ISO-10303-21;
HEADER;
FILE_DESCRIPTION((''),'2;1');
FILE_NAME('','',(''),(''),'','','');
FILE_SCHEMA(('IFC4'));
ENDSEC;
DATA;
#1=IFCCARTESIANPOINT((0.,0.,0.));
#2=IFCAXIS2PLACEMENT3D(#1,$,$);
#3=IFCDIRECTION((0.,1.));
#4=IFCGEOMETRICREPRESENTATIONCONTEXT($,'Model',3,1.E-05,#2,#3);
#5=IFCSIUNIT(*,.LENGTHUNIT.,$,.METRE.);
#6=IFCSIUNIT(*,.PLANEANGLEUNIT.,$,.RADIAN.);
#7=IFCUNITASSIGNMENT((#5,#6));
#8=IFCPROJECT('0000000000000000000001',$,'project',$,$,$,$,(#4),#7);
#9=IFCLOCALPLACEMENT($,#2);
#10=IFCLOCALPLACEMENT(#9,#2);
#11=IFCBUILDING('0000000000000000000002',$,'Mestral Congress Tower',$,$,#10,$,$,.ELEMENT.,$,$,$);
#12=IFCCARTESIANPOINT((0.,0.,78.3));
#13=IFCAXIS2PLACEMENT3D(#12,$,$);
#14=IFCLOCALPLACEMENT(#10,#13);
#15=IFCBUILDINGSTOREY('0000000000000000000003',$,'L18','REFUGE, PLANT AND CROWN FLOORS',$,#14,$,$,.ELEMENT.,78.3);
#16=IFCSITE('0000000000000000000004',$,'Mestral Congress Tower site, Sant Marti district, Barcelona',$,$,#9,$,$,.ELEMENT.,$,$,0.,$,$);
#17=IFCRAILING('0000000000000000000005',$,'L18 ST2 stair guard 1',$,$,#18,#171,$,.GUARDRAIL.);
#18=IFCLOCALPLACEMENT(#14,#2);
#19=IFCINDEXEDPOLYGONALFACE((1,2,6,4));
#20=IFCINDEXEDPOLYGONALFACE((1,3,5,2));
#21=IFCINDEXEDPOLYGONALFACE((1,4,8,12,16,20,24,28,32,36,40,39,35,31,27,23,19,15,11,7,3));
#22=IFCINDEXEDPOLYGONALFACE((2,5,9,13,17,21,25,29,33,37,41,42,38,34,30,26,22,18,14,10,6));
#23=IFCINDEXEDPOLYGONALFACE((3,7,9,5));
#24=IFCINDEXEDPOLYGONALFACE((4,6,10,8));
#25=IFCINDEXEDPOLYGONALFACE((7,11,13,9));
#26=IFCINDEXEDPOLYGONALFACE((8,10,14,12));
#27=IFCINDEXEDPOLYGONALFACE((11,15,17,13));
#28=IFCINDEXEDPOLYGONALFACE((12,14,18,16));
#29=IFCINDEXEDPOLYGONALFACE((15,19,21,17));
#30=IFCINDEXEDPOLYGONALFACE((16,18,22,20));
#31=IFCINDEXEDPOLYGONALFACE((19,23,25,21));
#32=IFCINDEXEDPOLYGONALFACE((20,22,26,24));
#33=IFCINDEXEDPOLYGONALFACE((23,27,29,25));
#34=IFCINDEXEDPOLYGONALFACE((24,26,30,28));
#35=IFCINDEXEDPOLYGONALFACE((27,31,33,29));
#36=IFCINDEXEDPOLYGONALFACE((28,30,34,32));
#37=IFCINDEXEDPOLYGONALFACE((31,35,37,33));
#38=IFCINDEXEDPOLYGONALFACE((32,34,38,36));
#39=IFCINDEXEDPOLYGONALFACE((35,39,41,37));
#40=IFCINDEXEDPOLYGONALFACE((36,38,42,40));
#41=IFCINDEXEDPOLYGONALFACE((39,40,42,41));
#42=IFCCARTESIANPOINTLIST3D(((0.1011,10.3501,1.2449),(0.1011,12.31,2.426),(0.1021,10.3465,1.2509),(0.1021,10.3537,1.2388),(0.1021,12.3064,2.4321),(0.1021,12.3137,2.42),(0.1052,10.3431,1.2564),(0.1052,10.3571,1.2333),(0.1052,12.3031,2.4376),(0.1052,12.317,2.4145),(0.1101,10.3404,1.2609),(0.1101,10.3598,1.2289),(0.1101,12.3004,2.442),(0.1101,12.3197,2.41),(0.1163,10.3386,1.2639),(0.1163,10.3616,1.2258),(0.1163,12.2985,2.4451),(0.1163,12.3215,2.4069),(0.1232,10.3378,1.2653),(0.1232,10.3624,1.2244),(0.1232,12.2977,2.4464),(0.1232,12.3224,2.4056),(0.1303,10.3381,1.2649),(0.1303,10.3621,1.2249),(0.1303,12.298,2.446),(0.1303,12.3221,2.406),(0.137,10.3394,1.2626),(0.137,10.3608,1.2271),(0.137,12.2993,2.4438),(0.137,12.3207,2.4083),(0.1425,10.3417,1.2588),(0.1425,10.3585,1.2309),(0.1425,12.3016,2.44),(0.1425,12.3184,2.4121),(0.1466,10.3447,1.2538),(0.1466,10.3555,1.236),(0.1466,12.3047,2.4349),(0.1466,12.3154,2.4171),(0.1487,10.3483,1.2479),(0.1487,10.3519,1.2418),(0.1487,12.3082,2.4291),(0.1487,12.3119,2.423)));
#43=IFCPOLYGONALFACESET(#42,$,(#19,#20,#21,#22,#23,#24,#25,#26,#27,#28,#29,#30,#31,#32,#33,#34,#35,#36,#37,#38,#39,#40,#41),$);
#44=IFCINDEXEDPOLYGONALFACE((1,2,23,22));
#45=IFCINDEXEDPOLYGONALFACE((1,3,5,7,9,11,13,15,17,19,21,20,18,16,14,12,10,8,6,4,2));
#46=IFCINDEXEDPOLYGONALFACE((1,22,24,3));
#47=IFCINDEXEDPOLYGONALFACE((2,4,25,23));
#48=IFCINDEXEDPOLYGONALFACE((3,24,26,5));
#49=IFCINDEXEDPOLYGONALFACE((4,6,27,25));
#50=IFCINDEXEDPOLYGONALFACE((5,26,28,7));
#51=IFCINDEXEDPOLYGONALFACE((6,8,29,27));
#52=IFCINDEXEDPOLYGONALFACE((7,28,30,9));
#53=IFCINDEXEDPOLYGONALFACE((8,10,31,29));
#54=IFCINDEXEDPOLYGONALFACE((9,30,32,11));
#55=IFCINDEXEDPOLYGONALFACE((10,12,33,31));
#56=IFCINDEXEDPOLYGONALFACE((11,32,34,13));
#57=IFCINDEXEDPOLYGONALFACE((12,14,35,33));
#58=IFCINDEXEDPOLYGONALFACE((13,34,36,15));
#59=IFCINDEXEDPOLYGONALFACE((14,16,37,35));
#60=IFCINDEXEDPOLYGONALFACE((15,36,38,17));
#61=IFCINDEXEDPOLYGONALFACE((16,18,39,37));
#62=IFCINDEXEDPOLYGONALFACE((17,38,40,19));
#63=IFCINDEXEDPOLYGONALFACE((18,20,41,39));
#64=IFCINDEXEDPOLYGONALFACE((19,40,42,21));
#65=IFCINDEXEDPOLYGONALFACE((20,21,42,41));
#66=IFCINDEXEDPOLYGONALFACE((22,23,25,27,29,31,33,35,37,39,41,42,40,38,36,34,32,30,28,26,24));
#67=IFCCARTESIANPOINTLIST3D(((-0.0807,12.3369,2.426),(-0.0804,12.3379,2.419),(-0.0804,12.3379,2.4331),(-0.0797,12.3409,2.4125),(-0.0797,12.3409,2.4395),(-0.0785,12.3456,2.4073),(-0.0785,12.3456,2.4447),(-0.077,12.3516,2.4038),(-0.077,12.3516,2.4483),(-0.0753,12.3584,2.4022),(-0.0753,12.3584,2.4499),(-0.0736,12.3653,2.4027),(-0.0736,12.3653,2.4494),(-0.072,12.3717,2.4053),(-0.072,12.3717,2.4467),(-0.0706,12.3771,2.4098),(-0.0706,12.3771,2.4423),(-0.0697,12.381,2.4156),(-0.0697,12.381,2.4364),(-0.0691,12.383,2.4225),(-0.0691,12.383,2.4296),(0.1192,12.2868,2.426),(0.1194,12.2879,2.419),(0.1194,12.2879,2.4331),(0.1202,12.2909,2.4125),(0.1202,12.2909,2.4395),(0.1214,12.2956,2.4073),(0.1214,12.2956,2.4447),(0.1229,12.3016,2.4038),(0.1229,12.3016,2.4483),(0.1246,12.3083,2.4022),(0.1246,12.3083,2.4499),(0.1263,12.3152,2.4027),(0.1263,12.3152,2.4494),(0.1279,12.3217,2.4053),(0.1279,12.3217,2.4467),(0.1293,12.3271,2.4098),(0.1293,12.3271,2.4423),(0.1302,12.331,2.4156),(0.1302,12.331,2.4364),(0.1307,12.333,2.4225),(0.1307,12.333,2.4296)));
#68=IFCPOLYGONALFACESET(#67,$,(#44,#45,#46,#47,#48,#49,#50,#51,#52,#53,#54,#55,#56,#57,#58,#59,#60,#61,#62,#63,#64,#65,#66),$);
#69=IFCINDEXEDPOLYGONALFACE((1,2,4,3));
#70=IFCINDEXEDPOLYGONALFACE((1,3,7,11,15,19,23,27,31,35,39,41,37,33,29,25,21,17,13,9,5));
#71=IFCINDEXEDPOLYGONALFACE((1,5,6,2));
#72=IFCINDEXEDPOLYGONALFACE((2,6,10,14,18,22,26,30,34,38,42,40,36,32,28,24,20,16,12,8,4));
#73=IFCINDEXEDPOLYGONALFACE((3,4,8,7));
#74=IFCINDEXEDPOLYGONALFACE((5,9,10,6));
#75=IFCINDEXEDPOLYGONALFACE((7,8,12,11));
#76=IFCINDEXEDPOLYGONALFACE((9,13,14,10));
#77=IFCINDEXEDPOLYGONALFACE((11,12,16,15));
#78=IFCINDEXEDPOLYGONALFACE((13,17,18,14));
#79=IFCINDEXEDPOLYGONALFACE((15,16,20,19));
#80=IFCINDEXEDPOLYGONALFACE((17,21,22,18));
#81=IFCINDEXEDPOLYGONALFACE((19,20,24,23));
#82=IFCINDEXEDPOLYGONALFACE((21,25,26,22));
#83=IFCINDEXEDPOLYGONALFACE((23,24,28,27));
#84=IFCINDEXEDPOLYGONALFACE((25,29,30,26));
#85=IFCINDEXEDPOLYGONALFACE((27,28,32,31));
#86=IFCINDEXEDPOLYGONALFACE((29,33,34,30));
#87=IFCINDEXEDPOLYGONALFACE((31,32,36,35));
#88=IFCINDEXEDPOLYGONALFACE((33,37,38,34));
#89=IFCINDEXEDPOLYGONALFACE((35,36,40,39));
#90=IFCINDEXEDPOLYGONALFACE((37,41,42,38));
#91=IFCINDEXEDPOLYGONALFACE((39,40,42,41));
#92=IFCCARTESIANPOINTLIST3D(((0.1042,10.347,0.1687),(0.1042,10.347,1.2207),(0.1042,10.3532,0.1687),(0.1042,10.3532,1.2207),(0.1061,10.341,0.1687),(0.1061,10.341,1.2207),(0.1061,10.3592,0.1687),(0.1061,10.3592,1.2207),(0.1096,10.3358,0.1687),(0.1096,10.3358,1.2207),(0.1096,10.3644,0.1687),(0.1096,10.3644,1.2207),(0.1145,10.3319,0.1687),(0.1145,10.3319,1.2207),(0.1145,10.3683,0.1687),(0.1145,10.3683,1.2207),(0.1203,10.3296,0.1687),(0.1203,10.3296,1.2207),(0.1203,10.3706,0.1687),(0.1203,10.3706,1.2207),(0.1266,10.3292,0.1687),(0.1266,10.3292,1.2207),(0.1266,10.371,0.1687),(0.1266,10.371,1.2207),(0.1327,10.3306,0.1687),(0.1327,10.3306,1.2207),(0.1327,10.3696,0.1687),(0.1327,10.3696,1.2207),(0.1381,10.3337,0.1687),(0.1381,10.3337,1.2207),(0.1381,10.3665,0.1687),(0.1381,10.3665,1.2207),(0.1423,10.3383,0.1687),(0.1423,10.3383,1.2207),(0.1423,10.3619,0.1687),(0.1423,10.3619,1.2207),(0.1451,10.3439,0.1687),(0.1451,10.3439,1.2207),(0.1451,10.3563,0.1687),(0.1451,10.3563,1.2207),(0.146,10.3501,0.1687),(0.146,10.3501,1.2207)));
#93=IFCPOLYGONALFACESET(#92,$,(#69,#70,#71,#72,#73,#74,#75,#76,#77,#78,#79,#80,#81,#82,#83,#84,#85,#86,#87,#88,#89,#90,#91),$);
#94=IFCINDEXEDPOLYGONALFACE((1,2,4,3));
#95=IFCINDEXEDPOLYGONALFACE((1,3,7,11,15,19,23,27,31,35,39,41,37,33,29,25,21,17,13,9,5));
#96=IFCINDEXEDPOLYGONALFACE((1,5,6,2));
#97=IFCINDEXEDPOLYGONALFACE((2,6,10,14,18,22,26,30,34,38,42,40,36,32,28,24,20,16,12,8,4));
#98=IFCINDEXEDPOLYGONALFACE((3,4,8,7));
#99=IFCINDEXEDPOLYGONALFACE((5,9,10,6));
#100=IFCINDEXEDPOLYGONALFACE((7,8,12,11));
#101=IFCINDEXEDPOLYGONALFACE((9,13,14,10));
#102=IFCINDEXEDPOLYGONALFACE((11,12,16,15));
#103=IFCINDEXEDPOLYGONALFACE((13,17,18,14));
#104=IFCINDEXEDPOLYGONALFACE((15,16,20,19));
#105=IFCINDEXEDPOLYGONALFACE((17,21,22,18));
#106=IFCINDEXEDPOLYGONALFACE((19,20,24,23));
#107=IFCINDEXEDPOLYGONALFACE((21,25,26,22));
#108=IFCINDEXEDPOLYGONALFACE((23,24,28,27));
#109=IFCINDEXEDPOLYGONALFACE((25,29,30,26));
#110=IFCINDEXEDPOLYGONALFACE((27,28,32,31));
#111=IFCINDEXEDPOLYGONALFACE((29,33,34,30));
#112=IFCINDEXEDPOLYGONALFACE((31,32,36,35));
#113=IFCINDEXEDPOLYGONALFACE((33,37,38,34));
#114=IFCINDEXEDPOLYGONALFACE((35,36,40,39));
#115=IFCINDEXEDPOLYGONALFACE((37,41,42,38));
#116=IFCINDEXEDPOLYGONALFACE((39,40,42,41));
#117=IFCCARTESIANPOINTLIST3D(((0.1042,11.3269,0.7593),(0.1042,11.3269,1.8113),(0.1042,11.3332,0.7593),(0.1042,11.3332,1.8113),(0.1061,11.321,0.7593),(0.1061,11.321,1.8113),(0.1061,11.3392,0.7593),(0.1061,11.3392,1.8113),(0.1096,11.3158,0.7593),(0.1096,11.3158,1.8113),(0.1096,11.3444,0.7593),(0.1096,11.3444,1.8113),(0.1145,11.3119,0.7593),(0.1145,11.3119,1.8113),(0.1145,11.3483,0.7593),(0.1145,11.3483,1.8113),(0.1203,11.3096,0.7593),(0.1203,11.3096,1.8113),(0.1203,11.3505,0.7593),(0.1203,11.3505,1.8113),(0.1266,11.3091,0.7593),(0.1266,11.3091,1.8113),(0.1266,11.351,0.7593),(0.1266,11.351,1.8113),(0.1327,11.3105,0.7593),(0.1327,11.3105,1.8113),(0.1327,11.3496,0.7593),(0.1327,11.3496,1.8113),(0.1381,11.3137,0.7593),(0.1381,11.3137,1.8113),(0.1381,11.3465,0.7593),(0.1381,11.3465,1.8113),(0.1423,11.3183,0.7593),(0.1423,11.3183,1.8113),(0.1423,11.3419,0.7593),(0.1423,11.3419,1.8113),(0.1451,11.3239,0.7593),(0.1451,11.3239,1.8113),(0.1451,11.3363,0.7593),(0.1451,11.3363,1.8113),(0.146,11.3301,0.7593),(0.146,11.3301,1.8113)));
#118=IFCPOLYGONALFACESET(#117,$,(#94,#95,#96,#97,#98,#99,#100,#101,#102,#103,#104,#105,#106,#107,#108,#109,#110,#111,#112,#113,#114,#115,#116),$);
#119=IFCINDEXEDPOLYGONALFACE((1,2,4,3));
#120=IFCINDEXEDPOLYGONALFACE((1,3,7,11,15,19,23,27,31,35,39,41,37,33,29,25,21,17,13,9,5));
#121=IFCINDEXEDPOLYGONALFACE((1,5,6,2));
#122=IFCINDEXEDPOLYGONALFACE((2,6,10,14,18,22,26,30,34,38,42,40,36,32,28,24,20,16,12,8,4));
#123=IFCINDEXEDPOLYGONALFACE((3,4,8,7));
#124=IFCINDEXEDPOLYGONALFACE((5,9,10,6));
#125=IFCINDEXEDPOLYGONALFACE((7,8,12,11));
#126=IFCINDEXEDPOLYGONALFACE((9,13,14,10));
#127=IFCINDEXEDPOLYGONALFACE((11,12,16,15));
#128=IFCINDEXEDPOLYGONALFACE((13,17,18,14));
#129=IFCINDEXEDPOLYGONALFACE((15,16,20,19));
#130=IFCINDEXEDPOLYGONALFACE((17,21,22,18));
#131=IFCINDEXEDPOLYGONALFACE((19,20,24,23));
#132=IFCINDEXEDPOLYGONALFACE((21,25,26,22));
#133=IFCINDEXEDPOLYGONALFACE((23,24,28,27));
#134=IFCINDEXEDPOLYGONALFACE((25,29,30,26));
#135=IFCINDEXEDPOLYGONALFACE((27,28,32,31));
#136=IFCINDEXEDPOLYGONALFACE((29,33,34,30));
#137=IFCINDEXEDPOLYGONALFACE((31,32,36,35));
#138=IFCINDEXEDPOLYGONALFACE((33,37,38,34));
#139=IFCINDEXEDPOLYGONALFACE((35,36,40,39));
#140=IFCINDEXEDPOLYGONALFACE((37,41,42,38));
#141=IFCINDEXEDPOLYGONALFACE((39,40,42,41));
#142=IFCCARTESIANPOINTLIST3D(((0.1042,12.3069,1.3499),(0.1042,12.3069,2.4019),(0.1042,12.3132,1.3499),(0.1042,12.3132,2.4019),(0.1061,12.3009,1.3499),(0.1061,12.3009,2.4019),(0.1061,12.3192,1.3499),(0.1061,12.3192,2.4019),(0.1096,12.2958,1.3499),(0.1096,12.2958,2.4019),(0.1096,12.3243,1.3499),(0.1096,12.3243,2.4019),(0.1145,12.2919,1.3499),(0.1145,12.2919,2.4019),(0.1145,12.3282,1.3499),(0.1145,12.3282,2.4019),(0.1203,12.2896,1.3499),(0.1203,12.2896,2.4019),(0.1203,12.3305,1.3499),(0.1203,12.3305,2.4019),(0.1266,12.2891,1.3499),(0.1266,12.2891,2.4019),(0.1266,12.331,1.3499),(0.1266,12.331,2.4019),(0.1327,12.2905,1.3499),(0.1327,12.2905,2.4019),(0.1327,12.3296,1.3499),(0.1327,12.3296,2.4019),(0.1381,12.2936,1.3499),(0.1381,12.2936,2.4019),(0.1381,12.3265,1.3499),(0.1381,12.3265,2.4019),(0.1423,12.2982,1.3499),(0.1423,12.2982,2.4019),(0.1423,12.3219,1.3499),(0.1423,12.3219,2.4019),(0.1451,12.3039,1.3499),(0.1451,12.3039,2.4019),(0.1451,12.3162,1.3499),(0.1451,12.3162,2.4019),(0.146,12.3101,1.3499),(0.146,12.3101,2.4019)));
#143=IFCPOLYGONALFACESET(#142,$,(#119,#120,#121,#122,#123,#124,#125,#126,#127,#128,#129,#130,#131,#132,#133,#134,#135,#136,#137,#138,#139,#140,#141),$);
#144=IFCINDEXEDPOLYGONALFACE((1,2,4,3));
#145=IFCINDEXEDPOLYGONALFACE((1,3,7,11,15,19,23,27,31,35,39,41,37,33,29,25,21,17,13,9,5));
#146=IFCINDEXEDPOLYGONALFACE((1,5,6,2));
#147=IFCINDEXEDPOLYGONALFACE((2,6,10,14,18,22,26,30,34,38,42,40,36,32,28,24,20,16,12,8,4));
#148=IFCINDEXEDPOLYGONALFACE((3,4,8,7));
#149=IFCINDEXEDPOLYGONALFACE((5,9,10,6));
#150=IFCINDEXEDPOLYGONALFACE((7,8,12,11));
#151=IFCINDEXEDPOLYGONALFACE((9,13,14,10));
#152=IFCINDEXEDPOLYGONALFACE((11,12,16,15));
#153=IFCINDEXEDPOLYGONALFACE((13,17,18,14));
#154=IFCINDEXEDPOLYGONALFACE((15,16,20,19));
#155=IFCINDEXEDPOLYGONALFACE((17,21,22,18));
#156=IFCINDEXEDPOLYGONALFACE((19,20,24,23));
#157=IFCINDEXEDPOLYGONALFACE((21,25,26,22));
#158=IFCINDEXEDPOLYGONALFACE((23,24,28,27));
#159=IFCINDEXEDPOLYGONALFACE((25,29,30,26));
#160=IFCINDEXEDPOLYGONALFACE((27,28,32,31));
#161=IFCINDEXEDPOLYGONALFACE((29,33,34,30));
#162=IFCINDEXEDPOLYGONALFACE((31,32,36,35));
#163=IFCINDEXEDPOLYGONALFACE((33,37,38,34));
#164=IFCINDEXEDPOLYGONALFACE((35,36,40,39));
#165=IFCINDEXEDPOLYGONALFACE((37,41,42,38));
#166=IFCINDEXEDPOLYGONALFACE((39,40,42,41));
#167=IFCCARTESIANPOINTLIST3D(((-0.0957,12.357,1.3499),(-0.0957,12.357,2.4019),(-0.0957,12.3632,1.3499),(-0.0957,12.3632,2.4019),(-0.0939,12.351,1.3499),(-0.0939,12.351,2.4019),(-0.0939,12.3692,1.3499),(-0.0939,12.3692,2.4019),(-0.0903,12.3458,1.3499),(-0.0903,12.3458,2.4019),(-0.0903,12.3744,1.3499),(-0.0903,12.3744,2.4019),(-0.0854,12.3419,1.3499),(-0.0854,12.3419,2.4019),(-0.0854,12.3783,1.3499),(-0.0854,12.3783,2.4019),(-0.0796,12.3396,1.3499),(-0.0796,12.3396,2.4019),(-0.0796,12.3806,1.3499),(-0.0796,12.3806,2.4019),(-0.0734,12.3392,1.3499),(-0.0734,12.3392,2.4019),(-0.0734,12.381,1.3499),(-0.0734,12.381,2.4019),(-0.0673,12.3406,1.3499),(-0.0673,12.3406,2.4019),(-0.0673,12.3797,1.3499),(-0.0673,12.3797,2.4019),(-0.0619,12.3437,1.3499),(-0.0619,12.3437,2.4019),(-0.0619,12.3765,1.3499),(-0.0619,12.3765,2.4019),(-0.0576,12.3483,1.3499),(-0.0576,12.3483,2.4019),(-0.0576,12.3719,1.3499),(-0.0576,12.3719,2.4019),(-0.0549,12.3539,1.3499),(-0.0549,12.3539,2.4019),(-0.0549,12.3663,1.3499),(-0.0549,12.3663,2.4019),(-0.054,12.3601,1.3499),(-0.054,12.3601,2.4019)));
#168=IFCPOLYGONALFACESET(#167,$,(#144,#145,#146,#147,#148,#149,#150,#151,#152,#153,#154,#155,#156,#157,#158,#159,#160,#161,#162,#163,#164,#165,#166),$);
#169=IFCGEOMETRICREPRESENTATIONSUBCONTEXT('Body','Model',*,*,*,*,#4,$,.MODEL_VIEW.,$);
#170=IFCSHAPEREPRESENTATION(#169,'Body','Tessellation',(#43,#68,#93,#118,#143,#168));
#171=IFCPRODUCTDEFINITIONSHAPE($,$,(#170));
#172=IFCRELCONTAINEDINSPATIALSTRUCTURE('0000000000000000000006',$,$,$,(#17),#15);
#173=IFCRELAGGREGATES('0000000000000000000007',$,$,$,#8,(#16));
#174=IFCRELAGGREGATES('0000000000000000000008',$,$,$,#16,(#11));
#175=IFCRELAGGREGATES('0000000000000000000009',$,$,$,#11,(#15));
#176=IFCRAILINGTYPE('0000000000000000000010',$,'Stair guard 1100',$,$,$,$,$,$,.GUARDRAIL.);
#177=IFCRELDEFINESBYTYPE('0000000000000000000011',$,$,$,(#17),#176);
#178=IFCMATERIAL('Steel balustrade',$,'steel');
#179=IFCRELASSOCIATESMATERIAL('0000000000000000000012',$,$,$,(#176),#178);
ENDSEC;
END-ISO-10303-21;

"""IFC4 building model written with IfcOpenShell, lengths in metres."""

from ifc_helpers import new_model, si_unit, direction, frame, origin, origin_2d, place, context, subcontext, project, spatial, circle, extrude, material, type_object, element, save


model = new_model("IFC4")

# Units and contexts
model_context = context("Model", 3, precision=1e-05, world=origin(), true_north=direction((0.0, 1.0)))
body_context = subcontext(model_context, "Body", "Model", "MODEL_VIEW")
ifc_project = project(units=[si_unit("LENGTHUNIT", "METRE"), si_unit("PLANEANGLEUNIT", "RADIAN")], contexts=[model_context])

# Site, building, storey
site_placement = place(None, origin())
site = spatial("IfcSite", under=ifc_project, at=site_placement, Name="Mestral Congress Tower site, Sant Marti district, Barcelona", CompositionType="ELEMENT", RefElevation=0.0)
building_placement = place(site_placement, origin())
building = spatial("IfcBuilding", under=site, at=building_placement, Name="Mestral Congress Tower", CompositionType="ELEMENT")
storey_placement = place(building_placement, frame((0.0, 0.0, 78.3)))
storey = spatial("IfcBuildingStorey", under=building, at=storey_placement, Name="L18", Description="REFUGE, PLANT AND CROWN FLOORS", CompositionType="ELEMENT", Elevation=78.3)

# Railing
ifc_material_1 = material(Name="Steel balustrade", Category="steel")
railing_type_1 = type_object("IfcRailingType", Name="Stair guard 1100", PredefinedType="GUARDRAIL", material=ifc_material_1)
railing_1_placement = place(storey_placement, frame((0.125, 10.3501, 0.1687)))
element("IfcRailing", 1, at=railing_1_placement, inside=storey, type_object=railing_type_1, Name="L18 ST2 stair guard 1", PredefinedType="GUARDRAIL", context=body_context, shape_type="SweptSolid", body=[
    extrude(circle(Radius=0.0239, at=origin_2d()), frame((0.0, 0.0, 1.0762), z_axis=(0.0, 0.856493, 0.516158), x_axis=(-1.0, 0.0, 0.0)), (0.0, 0.0, 1.0), 2.2883),
    extrude(circle(Radius=0.0239, at=origin_2d()), frame((0.0, 1.96, 2.2573), z_axis=(-0.970073, 0.242814, 0.0), x_axis=(-0.242814, -0.970073, 0.0)), (0.0, 0.0, 1.0), 0.2061),
    extrude(circle(Radius=0.021, at=origin_2d()), origin(), (0.0, 0.0, 1.0), 1.052),
    extrude(circle(Radius=0.021, at=origin_2d()), frame((0.0, 0.98, 0.5906)), (0.0, 0.0, 1.0), 1.052),
    extrude(circle(Radius=0.021, at=origin_2d()), frame((0.0, 1.96, 1.1812)), (0.0, 0.0, 1.0), 1.052),
    extrude(circle(Radius=0.021, at=origin_2d()), frame((-0.2, 2.01, 1.1812)), (0.0, 0.0, 1.0), 1.052),
])

save(model, "model.ifc")
